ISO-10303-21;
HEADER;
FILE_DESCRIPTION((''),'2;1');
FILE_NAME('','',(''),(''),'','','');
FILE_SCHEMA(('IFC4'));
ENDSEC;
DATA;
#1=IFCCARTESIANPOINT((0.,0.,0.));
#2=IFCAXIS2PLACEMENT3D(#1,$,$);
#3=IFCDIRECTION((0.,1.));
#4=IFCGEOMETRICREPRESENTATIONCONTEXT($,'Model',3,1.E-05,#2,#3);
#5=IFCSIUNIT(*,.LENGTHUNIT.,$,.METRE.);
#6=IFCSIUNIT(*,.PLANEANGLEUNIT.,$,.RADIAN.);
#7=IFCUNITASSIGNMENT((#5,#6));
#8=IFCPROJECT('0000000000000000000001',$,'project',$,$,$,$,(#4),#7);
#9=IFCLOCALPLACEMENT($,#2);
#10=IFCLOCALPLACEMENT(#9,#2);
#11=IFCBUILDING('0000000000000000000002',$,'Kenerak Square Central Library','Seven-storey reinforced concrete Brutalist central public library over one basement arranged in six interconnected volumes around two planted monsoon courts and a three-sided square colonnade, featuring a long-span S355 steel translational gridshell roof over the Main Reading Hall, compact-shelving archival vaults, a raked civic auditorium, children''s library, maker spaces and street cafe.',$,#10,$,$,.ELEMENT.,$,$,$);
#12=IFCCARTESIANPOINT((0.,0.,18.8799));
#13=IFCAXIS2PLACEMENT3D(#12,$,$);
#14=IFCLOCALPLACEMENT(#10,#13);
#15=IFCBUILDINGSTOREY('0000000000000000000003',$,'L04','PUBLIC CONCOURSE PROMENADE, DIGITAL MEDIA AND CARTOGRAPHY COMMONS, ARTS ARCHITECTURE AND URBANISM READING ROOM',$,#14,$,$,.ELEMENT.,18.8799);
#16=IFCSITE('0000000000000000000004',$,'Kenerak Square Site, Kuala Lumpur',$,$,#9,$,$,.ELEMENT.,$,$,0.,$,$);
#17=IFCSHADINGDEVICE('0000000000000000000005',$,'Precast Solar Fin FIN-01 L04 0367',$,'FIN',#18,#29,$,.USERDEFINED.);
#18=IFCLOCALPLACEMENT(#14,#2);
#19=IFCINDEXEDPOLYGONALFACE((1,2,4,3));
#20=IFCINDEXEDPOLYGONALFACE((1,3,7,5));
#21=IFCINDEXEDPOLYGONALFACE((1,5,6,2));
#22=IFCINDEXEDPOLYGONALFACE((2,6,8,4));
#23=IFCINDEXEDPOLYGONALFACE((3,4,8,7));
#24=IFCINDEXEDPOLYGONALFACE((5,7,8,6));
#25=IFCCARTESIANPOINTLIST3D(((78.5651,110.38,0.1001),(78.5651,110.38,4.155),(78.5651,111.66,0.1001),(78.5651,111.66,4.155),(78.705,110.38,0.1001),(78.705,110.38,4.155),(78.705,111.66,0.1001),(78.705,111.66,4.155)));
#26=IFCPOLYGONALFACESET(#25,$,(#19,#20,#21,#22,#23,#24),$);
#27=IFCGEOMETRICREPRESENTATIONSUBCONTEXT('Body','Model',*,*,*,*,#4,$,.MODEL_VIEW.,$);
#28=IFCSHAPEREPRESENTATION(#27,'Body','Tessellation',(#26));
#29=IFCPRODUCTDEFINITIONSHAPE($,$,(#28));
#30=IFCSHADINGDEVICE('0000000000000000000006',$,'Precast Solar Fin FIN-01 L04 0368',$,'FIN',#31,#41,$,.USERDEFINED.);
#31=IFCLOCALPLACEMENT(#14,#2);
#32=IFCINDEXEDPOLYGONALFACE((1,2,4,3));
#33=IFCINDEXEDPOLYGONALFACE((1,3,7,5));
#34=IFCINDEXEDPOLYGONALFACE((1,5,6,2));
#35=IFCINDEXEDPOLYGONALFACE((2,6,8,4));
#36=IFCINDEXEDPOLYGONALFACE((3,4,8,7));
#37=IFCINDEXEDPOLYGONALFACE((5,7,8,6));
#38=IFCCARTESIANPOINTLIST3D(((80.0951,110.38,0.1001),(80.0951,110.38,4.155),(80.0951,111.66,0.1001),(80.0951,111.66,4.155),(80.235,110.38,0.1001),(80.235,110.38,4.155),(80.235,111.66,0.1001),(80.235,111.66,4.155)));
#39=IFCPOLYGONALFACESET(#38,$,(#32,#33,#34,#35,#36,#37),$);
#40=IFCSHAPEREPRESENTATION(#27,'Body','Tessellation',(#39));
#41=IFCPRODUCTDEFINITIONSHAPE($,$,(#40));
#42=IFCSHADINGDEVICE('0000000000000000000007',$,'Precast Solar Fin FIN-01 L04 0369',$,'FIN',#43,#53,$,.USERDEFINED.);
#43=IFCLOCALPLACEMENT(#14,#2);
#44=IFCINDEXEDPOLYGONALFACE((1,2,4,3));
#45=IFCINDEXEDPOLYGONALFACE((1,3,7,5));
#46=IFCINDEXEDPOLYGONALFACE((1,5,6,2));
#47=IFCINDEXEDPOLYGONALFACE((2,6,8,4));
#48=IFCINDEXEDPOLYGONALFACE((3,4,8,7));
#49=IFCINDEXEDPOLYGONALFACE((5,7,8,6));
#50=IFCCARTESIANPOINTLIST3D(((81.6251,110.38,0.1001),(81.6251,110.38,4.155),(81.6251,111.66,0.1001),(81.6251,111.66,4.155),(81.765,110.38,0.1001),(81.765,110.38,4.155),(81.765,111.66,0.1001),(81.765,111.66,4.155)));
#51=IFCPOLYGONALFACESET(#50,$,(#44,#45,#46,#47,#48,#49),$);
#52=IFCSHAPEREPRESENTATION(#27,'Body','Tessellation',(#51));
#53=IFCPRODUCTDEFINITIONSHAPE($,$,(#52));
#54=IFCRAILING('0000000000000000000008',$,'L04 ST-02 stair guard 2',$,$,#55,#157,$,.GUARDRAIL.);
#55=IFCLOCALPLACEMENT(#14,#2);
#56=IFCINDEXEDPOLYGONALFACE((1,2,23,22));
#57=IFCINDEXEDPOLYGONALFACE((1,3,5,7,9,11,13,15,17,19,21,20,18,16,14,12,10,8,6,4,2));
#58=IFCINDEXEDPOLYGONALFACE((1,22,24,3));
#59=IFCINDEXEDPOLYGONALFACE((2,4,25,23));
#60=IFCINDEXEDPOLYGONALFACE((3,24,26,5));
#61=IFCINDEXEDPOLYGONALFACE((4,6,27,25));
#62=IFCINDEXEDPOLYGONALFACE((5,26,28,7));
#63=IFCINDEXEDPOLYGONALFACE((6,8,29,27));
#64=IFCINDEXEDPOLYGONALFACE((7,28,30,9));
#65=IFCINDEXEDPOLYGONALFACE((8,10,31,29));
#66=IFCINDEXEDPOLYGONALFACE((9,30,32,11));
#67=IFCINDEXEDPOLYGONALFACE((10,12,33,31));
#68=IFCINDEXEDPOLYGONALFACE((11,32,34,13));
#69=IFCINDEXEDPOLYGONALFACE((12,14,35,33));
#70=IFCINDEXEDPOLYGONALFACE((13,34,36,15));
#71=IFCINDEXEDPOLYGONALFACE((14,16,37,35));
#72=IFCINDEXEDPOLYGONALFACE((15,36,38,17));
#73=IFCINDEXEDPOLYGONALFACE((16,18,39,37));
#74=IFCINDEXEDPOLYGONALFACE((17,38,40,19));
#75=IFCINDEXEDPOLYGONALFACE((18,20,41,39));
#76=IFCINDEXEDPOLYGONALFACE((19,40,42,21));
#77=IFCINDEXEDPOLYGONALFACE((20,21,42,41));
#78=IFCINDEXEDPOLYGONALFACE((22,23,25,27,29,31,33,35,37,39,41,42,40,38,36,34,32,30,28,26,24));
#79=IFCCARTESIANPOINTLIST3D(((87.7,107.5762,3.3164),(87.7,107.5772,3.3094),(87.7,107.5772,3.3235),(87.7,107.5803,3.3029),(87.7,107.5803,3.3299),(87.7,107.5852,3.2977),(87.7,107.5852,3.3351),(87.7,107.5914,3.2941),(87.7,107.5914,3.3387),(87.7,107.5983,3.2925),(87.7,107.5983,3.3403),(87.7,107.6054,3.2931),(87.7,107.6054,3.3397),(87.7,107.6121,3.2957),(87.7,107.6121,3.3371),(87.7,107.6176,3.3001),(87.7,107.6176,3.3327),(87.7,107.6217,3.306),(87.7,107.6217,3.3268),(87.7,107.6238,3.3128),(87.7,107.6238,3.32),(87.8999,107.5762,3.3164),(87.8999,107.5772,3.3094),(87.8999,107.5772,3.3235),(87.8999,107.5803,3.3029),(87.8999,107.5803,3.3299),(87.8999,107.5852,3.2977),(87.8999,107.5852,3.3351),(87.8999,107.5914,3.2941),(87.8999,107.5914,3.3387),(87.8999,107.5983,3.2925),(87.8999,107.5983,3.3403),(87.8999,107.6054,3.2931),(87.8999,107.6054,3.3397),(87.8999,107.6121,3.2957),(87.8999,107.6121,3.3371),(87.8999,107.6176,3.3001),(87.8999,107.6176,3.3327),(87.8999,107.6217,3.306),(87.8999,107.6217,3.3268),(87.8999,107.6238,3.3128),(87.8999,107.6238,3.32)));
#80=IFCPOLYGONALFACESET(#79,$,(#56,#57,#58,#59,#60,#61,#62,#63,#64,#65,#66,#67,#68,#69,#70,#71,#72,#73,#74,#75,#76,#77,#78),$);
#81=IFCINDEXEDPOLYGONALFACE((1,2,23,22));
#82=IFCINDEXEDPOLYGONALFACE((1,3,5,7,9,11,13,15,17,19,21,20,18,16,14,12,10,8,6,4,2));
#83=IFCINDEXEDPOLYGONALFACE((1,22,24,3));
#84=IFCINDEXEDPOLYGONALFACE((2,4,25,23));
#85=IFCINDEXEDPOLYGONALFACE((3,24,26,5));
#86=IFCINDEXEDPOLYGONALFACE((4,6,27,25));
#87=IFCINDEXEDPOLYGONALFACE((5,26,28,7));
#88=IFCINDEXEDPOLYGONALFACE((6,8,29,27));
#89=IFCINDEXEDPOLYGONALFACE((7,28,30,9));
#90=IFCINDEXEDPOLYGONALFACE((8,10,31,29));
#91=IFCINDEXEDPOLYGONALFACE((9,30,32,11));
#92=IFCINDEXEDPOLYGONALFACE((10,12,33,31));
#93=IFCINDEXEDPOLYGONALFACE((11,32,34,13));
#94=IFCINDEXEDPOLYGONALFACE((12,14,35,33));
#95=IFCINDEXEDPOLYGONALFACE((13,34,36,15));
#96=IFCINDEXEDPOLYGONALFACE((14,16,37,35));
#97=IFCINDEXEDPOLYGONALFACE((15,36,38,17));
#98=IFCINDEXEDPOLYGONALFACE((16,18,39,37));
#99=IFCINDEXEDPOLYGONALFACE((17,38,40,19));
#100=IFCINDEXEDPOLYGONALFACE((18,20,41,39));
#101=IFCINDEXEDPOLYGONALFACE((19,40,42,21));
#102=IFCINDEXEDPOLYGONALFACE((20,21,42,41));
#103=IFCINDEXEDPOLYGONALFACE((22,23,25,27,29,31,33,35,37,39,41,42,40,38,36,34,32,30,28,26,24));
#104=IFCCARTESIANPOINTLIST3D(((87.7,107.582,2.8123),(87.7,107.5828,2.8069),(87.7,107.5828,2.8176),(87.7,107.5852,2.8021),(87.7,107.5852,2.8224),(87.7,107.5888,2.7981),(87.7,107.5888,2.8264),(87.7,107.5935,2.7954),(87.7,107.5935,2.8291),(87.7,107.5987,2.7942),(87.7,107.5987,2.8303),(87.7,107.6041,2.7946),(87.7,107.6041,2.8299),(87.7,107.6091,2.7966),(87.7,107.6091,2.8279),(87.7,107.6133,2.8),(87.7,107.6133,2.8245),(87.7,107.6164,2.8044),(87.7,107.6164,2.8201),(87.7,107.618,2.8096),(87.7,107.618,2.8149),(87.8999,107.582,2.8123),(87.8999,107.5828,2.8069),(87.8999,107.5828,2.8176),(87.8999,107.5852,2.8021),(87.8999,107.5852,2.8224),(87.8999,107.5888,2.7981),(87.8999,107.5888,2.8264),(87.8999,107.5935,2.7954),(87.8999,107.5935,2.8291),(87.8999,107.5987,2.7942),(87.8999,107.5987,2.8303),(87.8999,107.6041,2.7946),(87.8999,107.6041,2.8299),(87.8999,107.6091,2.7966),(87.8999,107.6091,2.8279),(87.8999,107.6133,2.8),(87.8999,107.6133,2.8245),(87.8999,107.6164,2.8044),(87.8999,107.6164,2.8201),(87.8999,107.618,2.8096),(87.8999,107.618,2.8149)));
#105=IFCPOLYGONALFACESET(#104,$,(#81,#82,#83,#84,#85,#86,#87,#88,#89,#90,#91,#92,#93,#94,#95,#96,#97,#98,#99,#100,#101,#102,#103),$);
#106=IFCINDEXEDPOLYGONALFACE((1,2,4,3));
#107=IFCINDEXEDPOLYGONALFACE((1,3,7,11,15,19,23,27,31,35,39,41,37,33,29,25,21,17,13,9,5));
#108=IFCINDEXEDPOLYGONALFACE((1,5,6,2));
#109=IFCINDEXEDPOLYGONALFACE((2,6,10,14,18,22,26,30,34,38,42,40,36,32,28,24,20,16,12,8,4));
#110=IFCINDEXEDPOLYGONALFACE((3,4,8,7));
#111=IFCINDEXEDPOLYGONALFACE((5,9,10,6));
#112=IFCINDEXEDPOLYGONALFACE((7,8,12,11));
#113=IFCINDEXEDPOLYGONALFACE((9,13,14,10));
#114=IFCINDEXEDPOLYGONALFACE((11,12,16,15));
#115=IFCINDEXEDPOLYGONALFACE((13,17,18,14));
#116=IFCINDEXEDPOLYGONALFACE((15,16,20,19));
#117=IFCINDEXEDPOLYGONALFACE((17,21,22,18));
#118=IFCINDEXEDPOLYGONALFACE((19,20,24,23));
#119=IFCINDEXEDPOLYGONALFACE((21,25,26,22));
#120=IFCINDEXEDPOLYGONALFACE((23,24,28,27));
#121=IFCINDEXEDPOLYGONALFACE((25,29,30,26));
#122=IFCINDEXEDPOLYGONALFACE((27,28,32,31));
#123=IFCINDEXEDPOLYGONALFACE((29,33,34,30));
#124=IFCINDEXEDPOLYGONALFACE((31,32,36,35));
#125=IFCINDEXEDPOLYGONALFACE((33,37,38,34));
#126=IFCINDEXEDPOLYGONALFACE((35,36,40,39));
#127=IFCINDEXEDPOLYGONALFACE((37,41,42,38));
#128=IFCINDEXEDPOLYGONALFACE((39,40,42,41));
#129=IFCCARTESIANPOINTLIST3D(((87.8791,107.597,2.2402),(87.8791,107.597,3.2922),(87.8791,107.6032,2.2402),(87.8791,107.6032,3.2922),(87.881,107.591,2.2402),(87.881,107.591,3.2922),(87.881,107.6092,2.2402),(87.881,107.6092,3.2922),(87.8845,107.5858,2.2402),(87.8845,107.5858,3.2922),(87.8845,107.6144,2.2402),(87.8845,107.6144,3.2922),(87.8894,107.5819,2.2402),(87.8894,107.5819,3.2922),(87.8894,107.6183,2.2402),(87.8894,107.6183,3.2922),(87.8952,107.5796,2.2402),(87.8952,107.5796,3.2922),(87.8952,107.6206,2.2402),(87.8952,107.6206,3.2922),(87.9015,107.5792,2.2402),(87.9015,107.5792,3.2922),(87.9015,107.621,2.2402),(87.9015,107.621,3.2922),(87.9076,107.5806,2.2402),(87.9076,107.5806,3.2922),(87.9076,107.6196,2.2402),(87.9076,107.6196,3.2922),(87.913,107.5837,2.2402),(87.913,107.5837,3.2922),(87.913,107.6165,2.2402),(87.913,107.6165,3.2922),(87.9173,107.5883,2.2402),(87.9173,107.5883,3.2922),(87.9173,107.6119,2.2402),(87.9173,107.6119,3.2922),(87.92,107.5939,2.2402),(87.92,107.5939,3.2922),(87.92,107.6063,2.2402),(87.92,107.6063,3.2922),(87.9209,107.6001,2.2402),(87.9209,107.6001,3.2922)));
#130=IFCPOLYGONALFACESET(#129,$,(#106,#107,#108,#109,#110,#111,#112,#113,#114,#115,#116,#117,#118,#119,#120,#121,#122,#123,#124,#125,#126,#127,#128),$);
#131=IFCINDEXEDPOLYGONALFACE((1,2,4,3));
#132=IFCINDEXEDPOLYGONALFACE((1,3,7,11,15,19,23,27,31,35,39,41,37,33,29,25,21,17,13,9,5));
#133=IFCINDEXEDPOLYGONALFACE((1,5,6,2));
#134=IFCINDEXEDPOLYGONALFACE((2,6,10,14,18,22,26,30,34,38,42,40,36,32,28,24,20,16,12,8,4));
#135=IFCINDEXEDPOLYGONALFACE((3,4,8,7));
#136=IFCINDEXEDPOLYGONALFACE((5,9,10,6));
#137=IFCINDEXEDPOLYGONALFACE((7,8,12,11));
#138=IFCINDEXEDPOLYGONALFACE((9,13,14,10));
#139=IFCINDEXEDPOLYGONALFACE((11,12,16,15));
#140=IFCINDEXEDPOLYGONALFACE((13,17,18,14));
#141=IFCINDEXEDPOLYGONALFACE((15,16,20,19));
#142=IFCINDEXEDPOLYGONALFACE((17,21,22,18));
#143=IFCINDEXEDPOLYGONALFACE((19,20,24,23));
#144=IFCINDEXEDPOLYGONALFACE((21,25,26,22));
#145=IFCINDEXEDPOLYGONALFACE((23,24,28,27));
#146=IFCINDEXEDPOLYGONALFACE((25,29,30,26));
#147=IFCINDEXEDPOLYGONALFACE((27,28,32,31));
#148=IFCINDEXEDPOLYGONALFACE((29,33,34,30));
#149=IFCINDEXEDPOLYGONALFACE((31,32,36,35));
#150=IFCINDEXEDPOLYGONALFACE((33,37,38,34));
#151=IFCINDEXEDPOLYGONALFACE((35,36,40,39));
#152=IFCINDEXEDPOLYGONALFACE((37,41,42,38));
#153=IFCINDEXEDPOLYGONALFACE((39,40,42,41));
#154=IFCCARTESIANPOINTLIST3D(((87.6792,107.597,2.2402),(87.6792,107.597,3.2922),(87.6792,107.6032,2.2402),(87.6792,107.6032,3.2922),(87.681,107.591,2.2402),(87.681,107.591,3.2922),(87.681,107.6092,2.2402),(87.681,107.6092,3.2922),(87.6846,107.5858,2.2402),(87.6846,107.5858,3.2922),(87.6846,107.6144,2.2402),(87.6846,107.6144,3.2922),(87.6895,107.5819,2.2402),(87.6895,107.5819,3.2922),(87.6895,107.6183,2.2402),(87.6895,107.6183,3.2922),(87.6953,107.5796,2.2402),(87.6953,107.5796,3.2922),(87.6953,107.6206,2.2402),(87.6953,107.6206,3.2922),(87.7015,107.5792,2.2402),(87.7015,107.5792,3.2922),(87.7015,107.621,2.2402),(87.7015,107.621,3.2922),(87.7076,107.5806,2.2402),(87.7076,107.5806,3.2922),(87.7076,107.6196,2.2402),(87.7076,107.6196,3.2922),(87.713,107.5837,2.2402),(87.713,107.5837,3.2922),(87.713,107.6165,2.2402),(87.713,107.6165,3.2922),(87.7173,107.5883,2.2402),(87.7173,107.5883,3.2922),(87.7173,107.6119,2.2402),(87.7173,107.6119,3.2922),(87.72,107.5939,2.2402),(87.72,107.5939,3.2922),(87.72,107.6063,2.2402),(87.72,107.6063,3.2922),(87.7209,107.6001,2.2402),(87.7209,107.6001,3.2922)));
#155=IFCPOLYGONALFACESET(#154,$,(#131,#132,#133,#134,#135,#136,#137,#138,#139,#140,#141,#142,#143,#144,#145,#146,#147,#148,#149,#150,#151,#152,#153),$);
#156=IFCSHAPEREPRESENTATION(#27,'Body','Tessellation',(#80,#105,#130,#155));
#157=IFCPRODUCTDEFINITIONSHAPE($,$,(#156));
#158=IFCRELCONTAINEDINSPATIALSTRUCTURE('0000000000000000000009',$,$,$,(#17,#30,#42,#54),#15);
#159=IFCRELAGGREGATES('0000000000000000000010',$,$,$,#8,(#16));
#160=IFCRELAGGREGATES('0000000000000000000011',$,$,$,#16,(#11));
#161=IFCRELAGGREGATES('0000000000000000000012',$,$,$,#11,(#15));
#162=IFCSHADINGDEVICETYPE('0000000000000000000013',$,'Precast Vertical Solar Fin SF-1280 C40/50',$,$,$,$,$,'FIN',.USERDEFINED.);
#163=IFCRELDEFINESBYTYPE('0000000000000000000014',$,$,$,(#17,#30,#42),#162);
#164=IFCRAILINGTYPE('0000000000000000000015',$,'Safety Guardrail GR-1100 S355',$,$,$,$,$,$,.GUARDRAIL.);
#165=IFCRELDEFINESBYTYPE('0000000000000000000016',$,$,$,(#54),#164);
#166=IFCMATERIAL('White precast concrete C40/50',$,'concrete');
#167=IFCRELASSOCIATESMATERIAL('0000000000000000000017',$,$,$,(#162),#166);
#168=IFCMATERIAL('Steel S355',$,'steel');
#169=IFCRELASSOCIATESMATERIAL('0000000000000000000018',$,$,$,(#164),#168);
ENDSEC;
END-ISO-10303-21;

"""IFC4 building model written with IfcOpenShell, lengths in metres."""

from ifc_helpers import new_model, si_unit, direction, frame, origin, origin_2d, place, context, subcontext, project, spatial, rectangle, circle, extrude, material, type_object, element, save


model = new_model("IFC4")

# Units and contexts
model_context = context("Model", 3, precision=1e-05, world=origin(), true_north=direction((0.0, 1.0)))
body_context = subcontext(model_context, "Body", "Model", "MODEL_VIEW")
ifc_project = project(units=[si_unit("LENGTHUNIT", "METRE"), si_unit("PLANEANGLEUNIT", "RADIAN")], contexts=[model_context])

# Site, building, storey
site_placement = place(None, origin())
site = spatial("IfcSite", under=ifc_project, at=site_placement, Name="Kenerak Square Site, Kuala Lumpur", CompositionType="ELEMENT", RefElevation=0.0)
building_placement = place(site_placement, origin())
building = spatial("IfcBuilding", under=site, at=building_placement, Name="Kenerak Square Central Library", Description="Seven-storey reinforced concrete Brutalist central public library over one basement arranged in six interconnected volumes around two planted monsoon courts and a three-sided square colonnade, featuring a long-span S355 steel translational gridshell roof over the Main Reading Hall, compact-shelving archival vaults, a raked civic auditorium, children's library, maker spaces and street cafe.", CompositionType="ELEMENT")
storey_placement = place(building_placement, frame((0.0, 0.0, 18.8799)))
storey = spatial("IfcBuildingStorey", under=building, at=storey_placement, Name="L04", Description="PUBLIC CONCOURSE PROMENADE, DIGITAL MEDIA AND CARTOGRAPHY COMMONS, ARTS ARCHITECTURE AND URBANISM READING ROOM", CompositionType="ELEMENT", Elevation=18.8799)

# Shading devices
ifc_material_1 = material(Name="White precast concrete C40/50", Category="concrete")
shading_device_type = type_object("IfcShadingDeviceType", Name="Precast Vertical Solar Fin SF-1280 C40/50", ElementType="FIN", PredefinedType="USERDEFINED", material=ifc_material_1)
for number, where, z_axis, x_axis, name in (
    (1, (78.635, 111.02, 0.1001), (0.0, 0.0, 1.0), (1.0, 0.0, 0.0), "Precast Solar Fin FIN-01 L04 0367"),
    (2, (80.165, 111.02, 0.1001), (0.0, 0.0, 1.0), (1.0, 0.0, 0.0), "Precast Solar Fin FIN-01 L04 0368"),
    (3, (81.6951, 111.02, 0.1001), (0.0, 0.0, 1.0), (1.0, 0.0, 0.0), "Precast Solar Fin FIN-01 L04 0369"),
):
    element("IfcShadingDevice", number, at=place(storey_placement, frame(where, z_axis=z_axis, x_axis=x_axis)), inside=storey, type_object=shading_device_type, Name=name, ObjectType="FIN", PredefinedType="USERDEFINED", context=body_context, shape_type="SweptSolid", body=[
        extrude(rectangle(XDim=0.1399, YDim=1.28, at=origin_2d()), origin(), (0.0, 0.0, 1.0), 4.0549),
    ])

# Railing
ifc_material_2 = material(Name="Steel S355", Category="steel")
railing_type_1 = type_object("IfcRailingType", Name="Safety Guardrail GR-1100 S355", PredefinedType="GUARDRAIL", material=ifc_material_2)
railing_1_placement = place(storey_placement, frame((87.8999, 107.6001, 2.2402)))
element("IfcRailing", 4, at=railing_1_placement, inside=storey, type_object=railing_type_1, Name="L04 ST-02 stair guard 2", PredefinedType="GUARDRAIL", context=body_context, shape_type="SweptSolid", body=[
    extrude(circle(Radius=0.0239, at=origin_2d()), frame((0.0, 0.0, 1.0762), z_axis=(-1.0, 0.0, 0.0), x_axis=(0.0, -1.0, 0.0)), (0.0, 0.0, 1.0), 0.2),
    extrude(circle(Radius=0.0181, at=origin_2d()), frame((0.0, 0.0, 0.572), z_axis=(-1.0, 0.0, 0.0), x_axis=(0.0, -1.0, 0.0)), (0.0, 0.0, 1.0), 0.2),
    extrude(circle(Radius=0.021, at=origin_2d()), origin(), (0.0, 0.0, 1.0), 1.052),
    extrude(circle(Radius=0.021, at=origin_2d()), frame((-0.2, 0.0, 0.0)), (0.0, 0.0, 1.0), 1.052),
])

save(model, "model.ifc")
